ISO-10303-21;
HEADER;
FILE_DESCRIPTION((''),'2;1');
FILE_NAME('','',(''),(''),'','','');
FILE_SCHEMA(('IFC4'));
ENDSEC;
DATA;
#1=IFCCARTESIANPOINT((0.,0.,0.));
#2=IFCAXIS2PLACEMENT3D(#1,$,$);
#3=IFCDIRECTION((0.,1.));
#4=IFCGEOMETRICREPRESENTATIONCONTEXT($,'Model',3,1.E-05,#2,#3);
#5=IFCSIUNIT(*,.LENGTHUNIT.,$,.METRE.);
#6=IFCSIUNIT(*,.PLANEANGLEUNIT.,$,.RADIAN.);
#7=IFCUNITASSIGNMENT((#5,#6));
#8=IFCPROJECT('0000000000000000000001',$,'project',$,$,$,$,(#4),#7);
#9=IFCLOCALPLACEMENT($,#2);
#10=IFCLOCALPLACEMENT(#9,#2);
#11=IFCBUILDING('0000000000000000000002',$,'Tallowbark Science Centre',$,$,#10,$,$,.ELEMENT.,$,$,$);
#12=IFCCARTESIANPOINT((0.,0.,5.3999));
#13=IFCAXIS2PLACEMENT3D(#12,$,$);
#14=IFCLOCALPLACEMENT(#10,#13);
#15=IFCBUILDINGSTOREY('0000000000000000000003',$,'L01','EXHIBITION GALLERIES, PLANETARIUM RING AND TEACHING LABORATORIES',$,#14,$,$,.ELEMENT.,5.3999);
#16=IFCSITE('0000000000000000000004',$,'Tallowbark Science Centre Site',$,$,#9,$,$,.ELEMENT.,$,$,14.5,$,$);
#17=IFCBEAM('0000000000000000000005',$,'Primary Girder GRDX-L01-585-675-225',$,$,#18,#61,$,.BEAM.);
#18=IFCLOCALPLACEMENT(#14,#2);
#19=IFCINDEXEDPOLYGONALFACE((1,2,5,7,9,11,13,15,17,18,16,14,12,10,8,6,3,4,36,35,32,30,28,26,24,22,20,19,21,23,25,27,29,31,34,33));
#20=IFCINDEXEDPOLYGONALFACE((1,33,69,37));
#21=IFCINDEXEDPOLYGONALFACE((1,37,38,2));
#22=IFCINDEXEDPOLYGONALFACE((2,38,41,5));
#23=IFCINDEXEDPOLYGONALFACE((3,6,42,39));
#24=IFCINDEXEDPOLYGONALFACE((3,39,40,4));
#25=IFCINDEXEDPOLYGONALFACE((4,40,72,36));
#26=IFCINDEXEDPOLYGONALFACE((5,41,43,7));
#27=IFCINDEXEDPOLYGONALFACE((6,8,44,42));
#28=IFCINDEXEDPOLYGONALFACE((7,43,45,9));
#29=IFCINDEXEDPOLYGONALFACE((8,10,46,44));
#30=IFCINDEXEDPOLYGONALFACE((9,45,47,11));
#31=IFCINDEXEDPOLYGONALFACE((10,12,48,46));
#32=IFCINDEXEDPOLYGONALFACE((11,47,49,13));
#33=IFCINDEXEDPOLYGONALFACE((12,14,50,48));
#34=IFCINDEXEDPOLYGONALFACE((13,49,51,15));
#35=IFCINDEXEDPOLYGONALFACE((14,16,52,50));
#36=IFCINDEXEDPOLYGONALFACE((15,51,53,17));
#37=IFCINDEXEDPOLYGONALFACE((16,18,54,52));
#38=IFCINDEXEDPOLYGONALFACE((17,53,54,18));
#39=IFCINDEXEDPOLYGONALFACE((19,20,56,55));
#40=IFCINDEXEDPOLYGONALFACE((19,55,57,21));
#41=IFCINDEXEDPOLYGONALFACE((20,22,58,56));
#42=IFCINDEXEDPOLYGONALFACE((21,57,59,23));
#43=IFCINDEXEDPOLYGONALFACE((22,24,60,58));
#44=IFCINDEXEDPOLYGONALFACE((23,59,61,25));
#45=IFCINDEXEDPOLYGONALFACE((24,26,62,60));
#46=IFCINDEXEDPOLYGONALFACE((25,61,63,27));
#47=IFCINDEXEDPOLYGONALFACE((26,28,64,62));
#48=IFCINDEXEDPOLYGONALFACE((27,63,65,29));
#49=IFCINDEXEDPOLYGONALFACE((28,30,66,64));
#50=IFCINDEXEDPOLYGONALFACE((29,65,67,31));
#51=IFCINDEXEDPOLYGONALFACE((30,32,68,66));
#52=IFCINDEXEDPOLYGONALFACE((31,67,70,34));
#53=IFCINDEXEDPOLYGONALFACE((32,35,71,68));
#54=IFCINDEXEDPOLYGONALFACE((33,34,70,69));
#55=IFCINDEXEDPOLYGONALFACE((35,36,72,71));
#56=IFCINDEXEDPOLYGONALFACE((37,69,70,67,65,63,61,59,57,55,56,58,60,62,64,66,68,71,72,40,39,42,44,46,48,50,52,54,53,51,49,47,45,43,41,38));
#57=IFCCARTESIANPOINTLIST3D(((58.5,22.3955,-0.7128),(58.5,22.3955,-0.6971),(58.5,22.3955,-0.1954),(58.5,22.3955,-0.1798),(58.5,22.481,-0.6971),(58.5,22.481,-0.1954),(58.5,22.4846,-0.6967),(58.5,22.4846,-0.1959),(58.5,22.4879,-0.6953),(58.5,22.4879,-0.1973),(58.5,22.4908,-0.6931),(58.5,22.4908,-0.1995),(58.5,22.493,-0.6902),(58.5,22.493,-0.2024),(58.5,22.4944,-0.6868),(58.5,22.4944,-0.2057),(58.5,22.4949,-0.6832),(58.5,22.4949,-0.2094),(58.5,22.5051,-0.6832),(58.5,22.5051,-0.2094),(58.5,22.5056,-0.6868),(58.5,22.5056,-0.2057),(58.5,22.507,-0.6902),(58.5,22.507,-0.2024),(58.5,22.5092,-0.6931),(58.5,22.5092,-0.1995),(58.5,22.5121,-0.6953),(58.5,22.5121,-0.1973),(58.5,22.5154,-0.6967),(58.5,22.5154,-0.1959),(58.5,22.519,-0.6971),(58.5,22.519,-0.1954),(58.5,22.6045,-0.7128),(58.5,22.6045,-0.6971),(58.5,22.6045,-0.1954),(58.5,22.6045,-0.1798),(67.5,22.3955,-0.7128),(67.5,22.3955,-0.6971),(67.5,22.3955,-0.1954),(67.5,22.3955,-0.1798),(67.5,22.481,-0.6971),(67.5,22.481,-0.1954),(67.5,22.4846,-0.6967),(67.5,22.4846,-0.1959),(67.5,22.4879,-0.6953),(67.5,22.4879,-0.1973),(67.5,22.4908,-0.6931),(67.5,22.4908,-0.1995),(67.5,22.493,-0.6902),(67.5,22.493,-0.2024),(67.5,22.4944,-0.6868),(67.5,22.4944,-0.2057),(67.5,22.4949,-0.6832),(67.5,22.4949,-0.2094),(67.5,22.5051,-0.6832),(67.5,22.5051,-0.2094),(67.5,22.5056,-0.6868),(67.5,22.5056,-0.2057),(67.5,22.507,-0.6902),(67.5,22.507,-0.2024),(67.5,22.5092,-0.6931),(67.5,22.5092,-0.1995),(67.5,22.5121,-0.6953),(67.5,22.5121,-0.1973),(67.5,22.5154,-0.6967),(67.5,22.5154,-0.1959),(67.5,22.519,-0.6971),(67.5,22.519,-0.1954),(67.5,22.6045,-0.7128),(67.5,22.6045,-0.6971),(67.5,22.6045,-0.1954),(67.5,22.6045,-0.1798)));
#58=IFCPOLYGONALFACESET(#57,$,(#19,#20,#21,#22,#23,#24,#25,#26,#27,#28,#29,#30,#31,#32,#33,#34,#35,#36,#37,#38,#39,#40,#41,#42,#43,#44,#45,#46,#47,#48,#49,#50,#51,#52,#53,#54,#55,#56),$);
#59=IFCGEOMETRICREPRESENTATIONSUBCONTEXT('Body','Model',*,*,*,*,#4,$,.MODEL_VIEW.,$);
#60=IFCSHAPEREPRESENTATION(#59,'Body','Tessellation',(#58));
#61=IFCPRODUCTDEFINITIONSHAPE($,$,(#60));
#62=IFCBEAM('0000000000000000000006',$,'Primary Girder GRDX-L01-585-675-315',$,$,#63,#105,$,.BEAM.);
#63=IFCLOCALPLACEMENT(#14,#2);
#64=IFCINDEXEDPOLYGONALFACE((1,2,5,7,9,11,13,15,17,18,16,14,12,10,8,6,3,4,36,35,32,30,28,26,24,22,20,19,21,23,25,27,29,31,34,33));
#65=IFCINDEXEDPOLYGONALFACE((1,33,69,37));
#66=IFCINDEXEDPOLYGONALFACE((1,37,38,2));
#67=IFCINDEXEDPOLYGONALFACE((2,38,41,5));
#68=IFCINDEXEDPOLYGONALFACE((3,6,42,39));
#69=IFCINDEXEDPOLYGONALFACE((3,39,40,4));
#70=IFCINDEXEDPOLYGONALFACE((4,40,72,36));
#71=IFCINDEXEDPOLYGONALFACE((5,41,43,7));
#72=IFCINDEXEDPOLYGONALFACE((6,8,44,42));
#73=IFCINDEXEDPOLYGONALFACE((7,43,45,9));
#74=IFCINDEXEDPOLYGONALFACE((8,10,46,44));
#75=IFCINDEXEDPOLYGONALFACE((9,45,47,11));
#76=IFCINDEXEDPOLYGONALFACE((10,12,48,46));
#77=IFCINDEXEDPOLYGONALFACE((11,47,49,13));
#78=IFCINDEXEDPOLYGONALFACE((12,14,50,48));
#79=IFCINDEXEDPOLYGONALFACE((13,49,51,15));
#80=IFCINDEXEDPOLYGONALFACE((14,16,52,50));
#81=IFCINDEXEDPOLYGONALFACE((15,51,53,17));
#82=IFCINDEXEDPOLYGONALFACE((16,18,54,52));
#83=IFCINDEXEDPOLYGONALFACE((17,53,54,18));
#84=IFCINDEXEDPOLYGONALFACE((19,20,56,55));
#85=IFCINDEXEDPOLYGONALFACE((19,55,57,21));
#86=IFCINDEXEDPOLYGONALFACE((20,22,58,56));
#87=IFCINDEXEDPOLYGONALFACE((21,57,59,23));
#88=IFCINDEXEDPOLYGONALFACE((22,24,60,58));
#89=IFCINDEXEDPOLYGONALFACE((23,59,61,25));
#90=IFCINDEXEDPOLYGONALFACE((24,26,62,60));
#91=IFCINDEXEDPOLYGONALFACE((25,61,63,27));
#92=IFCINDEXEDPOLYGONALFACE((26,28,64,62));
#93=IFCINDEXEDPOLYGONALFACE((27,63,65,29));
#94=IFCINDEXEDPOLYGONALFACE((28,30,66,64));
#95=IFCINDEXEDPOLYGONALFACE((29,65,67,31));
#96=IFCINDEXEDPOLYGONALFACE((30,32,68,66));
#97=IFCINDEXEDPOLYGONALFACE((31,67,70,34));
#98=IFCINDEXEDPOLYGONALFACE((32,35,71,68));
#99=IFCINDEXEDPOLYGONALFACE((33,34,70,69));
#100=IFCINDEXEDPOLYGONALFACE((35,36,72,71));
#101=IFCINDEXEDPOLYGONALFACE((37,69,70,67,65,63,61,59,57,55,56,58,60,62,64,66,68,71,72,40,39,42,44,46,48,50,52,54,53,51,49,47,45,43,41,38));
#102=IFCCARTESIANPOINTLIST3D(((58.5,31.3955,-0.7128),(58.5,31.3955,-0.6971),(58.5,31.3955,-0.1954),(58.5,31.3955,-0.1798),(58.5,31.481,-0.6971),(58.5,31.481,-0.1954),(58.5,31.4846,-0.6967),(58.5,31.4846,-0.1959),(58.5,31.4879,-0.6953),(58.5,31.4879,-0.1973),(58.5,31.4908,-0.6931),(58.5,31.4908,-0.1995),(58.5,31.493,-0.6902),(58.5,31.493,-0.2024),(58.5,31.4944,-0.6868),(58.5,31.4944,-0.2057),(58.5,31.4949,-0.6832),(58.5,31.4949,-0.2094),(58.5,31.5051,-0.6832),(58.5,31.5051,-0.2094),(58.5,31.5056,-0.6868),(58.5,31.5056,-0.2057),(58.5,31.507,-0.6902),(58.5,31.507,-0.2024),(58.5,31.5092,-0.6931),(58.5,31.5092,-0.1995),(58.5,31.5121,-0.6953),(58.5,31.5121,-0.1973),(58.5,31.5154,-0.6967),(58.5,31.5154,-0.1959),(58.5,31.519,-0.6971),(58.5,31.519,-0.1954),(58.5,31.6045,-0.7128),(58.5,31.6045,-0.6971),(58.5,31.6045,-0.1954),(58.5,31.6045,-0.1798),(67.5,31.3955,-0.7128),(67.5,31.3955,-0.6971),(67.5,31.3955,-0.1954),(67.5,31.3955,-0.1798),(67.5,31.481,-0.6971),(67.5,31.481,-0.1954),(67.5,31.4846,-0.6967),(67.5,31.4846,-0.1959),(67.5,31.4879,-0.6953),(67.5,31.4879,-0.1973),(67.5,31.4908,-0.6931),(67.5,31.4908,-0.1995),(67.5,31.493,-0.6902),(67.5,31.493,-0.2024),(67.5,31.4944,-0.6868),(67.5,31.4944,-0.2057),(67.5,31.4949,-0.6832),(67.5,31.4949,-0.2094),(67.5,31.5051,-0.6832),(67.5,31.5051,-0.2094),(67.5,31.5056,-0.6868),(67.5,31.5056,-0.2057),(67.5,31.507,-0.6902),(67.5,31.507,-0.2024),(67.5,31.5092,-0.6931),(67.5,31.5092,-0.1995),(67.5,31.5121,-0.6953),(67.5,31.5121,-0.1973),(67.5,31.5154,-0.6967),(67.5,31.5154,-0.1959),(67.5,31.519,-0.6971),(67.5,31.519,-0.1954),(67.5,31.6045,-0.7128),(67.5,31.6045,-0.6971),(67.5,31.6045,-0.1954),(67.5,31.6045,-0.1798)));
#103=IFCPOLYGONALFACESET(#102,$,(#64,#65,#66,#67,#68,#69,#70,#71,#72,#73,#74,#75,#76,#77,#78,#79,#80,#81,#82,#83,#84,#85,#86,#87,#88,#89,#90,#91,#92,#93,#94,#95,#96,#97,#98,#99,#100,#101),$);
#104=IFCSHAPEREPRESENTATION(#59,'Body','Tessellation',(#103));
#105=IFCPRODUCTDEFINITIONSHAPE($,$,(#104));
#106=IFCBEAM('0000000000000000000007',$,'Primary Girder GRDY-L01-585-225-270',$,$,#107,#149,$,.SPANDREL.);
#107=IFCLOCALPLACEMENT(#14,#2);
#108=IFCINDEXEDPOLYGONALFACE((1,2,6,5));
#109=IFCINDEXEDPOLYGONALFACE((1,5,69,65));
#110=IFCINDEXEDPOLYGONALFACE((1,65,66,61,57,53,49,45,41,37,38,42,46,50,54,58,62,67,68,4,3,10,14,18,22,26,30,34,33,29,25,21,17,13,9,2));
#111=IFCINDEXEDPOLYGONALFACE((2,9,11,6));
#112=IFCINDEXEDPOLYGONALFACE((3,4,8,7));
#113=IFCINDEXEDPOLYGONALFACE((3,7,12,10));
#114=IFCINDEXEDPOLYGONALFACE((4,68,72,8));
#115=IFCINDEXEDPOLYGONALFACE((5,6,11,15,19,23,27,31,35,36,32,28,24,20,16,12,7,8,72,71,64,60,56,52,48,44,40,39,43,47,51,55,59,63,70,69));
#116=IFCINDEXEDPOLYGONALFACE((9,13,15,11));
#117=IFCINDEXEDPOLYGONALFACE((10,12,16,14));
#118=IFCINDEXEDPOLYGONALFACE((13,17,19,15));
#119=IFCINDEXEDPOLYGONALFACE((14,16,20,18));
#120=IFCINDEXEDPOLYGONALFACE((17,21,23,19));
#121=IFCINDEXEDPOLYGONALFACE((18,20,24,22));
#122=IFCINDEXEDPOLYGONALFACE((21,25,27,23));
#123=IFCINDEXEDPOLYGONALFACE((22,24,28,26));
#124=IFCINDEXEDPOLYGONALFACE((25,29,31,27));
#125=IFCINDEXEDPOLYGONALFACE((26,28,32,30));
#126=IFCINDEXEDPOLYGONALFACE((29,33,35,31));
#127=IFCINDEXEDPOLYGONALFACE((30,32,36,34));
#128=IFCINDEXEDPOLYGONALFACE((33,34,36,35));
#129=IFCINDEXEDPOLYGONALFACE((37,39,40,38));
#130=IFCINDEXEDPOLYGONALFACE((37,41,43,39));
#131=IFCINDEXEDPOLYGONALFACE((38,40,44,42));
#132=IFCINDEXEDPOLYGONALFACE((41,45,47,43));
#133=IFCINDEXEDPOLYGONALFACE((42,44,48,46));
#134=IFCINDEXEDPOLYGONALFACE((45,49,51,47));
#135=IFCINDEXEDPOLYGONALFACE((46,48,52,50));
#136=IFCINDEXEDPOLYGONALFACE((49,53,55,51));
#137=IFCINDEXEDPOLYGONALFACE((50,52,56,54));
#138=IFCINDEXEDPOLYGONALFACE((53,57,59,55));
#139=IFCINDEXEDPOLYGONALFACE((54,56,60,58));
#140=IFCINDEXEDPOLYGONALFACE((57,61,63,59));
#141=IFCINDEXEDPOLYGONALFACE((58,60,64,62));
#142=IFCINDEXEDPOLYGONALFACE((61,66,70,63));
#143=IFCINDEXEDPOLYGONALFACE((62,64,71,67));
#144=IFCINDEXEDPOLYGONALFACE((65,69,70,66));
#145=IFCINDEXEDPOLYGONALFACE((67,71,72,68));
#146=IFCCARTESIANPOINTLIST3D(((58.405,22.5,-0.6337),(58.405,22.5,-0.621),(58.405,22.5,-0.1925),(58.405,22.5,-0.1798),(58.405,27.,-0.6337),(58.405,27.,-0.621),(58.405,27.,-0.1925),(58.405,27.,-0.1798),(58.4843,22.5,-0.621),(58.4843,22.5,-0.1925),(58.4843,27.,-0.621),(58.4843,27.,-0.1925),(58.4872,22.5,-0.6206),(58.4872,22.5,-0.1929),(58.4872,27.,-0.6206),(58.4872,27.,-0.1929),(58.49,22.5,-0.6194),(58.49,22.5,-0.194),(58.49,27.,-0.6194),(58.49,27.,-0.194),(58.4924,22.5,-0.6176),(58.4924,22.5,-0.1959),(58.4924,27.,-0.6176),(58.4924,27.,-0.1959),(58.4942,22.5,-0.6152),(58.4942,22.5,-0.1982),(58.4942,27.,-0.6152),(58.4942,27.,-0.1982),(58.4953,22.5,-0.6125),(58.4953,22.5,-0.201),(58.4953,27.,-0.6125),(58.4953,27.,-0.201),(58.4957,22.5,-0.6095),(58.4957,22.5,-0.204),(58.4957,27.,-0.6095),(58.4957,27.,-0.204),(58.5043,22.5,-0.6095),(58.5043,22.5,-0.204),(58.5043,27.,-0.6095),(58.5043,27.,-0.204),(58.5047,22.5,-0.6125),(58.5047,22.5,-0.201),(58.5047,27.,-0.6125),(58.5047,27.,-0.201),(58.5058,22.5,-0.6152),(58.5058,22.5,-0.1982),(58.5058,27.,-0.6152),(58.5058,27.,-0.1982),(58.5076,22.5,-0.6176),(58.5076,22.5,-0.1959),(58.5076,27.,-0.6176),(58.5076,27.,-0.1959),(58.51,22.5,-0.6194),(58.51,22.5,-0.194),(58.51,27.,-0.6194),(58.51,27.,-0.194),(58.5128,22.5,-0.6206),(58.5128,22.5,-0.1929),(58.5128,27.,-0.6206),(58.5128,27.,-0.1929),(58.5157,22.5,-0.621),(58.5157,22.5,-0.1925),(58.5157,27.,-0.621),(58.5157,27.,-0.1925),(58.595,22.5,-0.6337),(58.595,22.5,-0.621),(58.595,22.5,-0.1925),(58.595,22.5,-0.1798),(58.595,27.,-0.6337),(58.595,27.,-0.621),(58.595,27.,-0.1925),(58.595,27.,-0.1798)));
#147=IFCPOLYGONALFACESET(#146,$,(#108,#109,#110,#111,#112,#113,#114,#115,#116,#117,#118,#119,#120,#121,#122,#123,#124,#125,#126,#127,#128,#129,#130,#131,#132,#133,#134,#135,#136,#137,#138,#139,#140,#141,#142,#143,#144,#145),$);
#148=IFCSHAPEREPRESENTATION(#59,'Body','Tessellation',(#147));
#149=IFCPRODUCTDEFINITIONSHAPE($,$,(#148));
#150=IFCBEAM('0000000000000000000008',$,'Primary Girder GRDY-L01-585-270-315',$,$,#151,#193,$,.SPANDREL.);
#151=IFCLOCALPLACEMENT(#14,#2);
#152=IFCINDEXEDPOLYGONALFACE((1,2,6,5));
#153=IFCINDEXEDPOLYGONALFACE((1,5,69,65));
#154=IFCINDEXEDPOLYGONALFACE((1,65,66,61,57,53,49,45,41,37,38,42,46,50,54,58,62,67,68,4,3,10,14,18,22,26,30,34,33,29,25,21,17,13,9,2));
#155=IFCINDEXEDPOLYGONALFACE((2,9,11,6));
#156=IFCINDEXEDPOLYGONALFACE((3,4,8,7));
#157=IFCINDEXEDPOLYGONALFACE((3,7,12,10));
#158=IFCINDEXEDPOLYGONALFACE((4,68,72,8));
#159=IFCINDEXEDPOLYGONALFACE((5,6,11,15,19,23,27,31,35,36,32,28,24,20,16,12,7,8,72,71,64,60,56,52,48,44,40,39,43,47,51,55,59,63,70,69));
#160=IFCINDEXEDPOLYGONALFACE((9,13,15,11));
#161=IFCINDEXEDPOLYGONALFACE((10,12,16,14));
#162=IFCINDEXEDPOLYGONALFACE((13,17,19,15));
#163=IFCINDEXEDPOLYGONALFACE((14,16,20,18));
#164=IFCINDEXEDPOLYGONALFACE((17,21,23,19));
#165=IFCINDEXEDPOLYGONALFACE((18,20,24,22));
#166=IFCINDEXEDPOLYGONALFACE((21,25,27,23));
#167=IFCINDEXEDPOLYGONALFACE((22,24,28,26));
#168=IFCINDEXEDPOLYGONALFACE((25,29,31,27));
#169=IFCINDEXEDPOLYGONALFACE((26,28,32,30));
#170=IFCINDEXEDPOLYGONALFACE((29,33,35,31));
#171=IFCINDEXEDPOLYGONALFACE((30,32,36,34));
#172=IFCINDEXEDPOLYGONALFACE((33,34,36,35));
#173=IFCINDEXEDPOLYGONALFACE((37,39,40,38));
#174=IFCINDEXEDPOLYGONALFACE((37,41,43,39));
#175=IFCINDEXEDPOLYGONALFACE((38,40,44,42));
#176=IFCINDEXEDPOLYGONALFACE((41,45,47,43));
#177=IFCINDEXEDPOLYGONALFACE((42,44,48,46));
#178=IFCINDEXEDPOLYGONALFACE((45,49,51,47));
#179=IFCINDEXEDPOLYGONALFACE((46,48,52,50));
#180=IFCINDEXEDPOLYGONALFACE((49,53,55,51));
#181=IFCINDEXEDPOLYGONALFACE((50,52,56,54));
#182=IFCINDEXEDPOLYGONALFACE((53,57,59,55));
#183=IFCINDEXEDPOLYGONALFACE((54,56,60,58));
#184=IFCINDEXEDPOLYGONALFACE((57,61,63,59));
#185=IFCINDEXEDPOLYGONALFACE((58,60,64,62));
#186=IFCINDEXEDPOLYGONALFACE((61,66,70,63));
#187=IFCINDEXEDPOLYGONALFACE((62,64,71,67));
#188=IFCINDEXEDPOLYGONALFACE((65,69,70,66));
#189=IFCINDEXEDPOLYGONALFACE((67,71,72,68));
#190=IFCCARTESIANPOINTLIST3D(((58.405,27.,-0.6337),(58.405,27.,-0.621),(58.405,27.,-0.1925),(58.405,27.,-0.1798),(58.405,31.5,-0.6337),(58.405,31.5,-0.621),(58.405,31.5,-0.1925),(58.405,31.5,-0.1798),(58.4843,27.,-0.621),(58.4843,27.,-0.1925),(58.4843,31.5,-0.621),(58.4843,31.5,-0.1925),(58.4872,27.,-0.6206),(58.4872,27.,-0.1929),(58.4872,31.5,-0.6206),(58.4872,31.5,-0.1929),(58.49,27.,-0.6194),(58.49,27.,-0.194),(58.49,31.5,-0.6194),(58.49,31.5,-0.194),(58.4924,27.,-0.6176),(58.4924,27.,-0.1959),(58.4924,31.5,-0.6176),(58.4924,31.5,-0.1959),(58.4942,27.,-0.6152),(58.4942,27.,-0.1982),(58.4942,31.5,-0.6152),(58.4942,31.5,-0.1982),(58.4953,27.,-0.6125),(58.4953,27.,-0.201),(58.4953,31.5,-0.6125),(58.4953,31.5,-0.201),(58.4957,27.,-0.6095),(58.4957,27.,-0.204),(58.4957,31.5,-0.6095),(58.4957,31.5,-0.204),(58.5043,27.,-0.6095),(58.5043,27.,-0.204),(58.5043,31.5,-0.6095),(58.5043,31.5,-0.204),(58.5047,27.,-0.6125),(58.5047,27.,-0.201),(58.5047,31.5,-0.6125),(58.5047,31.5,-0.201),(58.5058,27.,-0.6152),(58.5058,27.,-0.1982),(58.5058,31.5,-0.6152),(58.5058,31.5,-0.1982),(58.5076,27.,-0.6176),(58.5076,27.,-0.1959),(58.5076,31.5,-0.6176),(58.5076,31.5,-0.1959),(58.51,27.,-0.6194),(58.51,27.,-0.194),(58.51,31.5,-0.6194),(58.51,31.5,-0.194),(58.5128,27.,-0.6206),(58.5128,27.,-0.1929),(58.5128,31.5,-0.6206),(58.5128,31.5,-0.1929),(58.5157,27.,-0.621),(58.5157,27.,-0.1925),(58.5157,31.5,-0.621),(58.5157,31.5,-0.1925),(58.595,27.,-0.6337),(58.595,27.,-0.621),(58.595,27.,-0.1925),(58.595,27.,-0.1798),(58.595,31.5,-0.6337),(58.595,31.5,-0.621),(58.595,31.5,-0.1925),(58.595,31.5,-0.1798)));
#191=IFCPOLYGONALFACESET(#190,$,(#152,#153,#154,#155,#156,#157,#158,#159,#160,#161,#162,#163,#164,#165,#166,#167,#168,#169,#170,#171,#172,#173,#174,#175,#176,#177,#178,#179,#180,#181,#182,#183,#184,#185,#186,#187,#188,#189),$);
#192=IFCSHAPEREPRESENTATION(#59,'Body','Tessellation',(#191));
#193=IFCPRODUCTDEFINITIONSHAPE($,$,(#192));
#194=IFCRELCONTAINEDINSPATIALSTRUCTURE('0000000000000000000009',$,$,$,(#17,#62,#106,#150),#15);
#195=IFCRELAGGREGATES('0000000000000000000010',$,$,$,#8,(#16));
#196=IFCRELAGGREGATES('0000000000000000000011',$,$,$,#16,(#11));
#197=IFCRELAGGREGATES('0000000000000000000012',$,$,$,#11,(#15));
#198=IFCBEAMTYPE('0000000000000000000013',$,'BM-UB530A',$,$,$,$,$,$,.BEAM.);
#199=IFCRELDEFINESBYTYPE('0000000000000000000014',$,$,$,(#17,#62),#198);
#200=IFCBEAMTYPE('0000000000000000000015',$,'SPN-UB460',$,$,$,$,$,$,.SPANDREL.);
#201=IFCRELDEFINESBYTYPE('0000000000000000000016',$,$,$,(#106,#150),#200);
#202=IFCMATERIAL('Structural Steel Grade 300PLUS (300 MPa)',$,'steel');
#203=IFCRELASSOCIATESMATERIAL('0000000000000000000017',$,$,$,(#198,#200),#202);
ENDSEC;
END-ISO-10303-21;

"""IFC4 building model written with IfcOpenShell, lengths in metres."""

from ifc_helpers import new_model, si_unit, direction, frame, origin, origin_2d, place, context, subcontext, project, spatial, i_section, extrude, material, material_profile, profile_set, type_object, element, save


model = new_model("IFC4")

# Units and contexts
model_context = context("Model", 3, precision=1e-05, world=origin(), true_north=direction((0.0, 1.0)))
body_context = subcontext(model_context, "Body", "Model", "MODEL_VIEW")
ifc_project = project(units=[si_unit("LENGTHUNIT", "METRE"), si_unit("PLANEANGLEUNIT", "RADIAN")], contexts=[model_context])

# Site, building, storey
site_placement = place(None, origin())
site = spatial("IfcSite", under=ifc_project, at=site_placement, Name="Tallowbark Science Centre Site", CompositionType="ELEMENT", RefElevation=14.5)
building_placement = place(site_placement, origin())
building = spatial("IfcBuilding", under=site, at=building_placement, Name="Tallowbark Science Centre", CompositionType="ELEMENT")
storey_placement = place(building_placement, frame((0.0, 0.0, 5.3999)))
storey = spatial("IfcBuildingStorey", under=building, at=storey_placement, Name="L01", Description="EXHIBITION GALLERIES, PLANETARIUM RING AND TEACHING LABORATORIES", CompositionType="ELEMENT", Elevation=5.3999)

# Shared definitions
ifc_material_1 = material(Name="Structural Steel Grade 300PLUS (300 MPa)", Category="steel")

# Beams
ifc_material_profile_1 = material_profile(ifc_material_1, i_section(OverallWidth=0.209, OverallDepth=0.533, WebThickness=0.0103, FlangeThickness=0.0156, FilletRadius=0.0139, at=origin_2d()), Name="530UB92.4")
ifc_profile_set_1 = profile_set([ifc_material_profile_1], Name="Structural Steel Grade 300PLUS (300 MPa)")
beam_type_1 = type_object("IfcBeamType", Name="BM-UB530A", PredefinedType="BEAM", material=ifc_profile_set_1)
for number, where, z_axis, x_axis, name in (
    (1, (58.5, 22.5, -0.4463), (1.0, 0.0, 0.0), (0.0, 1.0, 0.0), "Primary Girder GRDX-L01-585-675-225"),
    (2, (58.5, 31.5, -0.4463), (1.0, 0.0, 0.0), (0.0, 1.0, 0.0), "Primary Girder GRDX-L01-585-675-315"),
):
    element("IfcBeam", number, at=place(storey_placement, frame(where, z_axis=z_axis, x_axis=x_axis)), inside=storey, type_object=beam_type_1, Name=name, PredefinedType="BEAM", context=body_context, shape_type="SweptSolid", body=[
        extrude(i_section(OverallWidth=0.209, OverallDepth=0.533, WebThickness=0.0103, FlangeThickness=0.0156, FilletRadius=0.0139, at=origin_2d()), origin(), (0.0, 0.0, 1.0), 9.0),
    ])
ifc_material_profile_2 = material_profile(ifc_material_1, i_section(OverallWidth=0.1899, OverallDepth=0.4539, WebThickness=0.0085, FlangeThickness=0.0127, FilletRadius=0.0115, at=origin_2d()), Name="460UB67.1")
ifc_profile_set_2 = profile_set([ifc_material_profile_2], Name="Structural Steel Grade 300PLUS (300 MPa)")
beam_type_2 = type_object("IfcBeamType", Name="SPN-UB460", PredefinedType="SPANDREL", material=ifc_profile_set_2)
for number, where, z_axis, x_axis, name in (
    (3, (58.5, 22.5, -0.4067), (0.0, 1.0, 0.0), (-1.0, 0.0, 0.0), "Primary Girder GRDY-L01-585-225-270"),
    (4, (58.5, 27.0, -0.4067), (0.0, 1.0, 0.0), (-1.0, 0.0, 0.0), "Primary Girder GRDY-L01-585-270-315"),
):
    element("IfcBeam", number, at=place(storey_placement, frame(where, z_axis=z_axis, x_axis=x_axis)), inside=storey, type_object=beam_type_2, Name=name, PredefinedType="SPANDREL", context=body_context, shape_type="SweptSolid", body=[
        extrude(i_section(OverallWidth=0.1899, OverallDepth=0.4539, WebThickness=0.0085, FlangeThickness=0.0127, FilletRadius=0.0115, at=origin_2d()), origin(), (0.0, 0.0, 1.0), 4.5),
    ])

save(model, "model.ifc")
